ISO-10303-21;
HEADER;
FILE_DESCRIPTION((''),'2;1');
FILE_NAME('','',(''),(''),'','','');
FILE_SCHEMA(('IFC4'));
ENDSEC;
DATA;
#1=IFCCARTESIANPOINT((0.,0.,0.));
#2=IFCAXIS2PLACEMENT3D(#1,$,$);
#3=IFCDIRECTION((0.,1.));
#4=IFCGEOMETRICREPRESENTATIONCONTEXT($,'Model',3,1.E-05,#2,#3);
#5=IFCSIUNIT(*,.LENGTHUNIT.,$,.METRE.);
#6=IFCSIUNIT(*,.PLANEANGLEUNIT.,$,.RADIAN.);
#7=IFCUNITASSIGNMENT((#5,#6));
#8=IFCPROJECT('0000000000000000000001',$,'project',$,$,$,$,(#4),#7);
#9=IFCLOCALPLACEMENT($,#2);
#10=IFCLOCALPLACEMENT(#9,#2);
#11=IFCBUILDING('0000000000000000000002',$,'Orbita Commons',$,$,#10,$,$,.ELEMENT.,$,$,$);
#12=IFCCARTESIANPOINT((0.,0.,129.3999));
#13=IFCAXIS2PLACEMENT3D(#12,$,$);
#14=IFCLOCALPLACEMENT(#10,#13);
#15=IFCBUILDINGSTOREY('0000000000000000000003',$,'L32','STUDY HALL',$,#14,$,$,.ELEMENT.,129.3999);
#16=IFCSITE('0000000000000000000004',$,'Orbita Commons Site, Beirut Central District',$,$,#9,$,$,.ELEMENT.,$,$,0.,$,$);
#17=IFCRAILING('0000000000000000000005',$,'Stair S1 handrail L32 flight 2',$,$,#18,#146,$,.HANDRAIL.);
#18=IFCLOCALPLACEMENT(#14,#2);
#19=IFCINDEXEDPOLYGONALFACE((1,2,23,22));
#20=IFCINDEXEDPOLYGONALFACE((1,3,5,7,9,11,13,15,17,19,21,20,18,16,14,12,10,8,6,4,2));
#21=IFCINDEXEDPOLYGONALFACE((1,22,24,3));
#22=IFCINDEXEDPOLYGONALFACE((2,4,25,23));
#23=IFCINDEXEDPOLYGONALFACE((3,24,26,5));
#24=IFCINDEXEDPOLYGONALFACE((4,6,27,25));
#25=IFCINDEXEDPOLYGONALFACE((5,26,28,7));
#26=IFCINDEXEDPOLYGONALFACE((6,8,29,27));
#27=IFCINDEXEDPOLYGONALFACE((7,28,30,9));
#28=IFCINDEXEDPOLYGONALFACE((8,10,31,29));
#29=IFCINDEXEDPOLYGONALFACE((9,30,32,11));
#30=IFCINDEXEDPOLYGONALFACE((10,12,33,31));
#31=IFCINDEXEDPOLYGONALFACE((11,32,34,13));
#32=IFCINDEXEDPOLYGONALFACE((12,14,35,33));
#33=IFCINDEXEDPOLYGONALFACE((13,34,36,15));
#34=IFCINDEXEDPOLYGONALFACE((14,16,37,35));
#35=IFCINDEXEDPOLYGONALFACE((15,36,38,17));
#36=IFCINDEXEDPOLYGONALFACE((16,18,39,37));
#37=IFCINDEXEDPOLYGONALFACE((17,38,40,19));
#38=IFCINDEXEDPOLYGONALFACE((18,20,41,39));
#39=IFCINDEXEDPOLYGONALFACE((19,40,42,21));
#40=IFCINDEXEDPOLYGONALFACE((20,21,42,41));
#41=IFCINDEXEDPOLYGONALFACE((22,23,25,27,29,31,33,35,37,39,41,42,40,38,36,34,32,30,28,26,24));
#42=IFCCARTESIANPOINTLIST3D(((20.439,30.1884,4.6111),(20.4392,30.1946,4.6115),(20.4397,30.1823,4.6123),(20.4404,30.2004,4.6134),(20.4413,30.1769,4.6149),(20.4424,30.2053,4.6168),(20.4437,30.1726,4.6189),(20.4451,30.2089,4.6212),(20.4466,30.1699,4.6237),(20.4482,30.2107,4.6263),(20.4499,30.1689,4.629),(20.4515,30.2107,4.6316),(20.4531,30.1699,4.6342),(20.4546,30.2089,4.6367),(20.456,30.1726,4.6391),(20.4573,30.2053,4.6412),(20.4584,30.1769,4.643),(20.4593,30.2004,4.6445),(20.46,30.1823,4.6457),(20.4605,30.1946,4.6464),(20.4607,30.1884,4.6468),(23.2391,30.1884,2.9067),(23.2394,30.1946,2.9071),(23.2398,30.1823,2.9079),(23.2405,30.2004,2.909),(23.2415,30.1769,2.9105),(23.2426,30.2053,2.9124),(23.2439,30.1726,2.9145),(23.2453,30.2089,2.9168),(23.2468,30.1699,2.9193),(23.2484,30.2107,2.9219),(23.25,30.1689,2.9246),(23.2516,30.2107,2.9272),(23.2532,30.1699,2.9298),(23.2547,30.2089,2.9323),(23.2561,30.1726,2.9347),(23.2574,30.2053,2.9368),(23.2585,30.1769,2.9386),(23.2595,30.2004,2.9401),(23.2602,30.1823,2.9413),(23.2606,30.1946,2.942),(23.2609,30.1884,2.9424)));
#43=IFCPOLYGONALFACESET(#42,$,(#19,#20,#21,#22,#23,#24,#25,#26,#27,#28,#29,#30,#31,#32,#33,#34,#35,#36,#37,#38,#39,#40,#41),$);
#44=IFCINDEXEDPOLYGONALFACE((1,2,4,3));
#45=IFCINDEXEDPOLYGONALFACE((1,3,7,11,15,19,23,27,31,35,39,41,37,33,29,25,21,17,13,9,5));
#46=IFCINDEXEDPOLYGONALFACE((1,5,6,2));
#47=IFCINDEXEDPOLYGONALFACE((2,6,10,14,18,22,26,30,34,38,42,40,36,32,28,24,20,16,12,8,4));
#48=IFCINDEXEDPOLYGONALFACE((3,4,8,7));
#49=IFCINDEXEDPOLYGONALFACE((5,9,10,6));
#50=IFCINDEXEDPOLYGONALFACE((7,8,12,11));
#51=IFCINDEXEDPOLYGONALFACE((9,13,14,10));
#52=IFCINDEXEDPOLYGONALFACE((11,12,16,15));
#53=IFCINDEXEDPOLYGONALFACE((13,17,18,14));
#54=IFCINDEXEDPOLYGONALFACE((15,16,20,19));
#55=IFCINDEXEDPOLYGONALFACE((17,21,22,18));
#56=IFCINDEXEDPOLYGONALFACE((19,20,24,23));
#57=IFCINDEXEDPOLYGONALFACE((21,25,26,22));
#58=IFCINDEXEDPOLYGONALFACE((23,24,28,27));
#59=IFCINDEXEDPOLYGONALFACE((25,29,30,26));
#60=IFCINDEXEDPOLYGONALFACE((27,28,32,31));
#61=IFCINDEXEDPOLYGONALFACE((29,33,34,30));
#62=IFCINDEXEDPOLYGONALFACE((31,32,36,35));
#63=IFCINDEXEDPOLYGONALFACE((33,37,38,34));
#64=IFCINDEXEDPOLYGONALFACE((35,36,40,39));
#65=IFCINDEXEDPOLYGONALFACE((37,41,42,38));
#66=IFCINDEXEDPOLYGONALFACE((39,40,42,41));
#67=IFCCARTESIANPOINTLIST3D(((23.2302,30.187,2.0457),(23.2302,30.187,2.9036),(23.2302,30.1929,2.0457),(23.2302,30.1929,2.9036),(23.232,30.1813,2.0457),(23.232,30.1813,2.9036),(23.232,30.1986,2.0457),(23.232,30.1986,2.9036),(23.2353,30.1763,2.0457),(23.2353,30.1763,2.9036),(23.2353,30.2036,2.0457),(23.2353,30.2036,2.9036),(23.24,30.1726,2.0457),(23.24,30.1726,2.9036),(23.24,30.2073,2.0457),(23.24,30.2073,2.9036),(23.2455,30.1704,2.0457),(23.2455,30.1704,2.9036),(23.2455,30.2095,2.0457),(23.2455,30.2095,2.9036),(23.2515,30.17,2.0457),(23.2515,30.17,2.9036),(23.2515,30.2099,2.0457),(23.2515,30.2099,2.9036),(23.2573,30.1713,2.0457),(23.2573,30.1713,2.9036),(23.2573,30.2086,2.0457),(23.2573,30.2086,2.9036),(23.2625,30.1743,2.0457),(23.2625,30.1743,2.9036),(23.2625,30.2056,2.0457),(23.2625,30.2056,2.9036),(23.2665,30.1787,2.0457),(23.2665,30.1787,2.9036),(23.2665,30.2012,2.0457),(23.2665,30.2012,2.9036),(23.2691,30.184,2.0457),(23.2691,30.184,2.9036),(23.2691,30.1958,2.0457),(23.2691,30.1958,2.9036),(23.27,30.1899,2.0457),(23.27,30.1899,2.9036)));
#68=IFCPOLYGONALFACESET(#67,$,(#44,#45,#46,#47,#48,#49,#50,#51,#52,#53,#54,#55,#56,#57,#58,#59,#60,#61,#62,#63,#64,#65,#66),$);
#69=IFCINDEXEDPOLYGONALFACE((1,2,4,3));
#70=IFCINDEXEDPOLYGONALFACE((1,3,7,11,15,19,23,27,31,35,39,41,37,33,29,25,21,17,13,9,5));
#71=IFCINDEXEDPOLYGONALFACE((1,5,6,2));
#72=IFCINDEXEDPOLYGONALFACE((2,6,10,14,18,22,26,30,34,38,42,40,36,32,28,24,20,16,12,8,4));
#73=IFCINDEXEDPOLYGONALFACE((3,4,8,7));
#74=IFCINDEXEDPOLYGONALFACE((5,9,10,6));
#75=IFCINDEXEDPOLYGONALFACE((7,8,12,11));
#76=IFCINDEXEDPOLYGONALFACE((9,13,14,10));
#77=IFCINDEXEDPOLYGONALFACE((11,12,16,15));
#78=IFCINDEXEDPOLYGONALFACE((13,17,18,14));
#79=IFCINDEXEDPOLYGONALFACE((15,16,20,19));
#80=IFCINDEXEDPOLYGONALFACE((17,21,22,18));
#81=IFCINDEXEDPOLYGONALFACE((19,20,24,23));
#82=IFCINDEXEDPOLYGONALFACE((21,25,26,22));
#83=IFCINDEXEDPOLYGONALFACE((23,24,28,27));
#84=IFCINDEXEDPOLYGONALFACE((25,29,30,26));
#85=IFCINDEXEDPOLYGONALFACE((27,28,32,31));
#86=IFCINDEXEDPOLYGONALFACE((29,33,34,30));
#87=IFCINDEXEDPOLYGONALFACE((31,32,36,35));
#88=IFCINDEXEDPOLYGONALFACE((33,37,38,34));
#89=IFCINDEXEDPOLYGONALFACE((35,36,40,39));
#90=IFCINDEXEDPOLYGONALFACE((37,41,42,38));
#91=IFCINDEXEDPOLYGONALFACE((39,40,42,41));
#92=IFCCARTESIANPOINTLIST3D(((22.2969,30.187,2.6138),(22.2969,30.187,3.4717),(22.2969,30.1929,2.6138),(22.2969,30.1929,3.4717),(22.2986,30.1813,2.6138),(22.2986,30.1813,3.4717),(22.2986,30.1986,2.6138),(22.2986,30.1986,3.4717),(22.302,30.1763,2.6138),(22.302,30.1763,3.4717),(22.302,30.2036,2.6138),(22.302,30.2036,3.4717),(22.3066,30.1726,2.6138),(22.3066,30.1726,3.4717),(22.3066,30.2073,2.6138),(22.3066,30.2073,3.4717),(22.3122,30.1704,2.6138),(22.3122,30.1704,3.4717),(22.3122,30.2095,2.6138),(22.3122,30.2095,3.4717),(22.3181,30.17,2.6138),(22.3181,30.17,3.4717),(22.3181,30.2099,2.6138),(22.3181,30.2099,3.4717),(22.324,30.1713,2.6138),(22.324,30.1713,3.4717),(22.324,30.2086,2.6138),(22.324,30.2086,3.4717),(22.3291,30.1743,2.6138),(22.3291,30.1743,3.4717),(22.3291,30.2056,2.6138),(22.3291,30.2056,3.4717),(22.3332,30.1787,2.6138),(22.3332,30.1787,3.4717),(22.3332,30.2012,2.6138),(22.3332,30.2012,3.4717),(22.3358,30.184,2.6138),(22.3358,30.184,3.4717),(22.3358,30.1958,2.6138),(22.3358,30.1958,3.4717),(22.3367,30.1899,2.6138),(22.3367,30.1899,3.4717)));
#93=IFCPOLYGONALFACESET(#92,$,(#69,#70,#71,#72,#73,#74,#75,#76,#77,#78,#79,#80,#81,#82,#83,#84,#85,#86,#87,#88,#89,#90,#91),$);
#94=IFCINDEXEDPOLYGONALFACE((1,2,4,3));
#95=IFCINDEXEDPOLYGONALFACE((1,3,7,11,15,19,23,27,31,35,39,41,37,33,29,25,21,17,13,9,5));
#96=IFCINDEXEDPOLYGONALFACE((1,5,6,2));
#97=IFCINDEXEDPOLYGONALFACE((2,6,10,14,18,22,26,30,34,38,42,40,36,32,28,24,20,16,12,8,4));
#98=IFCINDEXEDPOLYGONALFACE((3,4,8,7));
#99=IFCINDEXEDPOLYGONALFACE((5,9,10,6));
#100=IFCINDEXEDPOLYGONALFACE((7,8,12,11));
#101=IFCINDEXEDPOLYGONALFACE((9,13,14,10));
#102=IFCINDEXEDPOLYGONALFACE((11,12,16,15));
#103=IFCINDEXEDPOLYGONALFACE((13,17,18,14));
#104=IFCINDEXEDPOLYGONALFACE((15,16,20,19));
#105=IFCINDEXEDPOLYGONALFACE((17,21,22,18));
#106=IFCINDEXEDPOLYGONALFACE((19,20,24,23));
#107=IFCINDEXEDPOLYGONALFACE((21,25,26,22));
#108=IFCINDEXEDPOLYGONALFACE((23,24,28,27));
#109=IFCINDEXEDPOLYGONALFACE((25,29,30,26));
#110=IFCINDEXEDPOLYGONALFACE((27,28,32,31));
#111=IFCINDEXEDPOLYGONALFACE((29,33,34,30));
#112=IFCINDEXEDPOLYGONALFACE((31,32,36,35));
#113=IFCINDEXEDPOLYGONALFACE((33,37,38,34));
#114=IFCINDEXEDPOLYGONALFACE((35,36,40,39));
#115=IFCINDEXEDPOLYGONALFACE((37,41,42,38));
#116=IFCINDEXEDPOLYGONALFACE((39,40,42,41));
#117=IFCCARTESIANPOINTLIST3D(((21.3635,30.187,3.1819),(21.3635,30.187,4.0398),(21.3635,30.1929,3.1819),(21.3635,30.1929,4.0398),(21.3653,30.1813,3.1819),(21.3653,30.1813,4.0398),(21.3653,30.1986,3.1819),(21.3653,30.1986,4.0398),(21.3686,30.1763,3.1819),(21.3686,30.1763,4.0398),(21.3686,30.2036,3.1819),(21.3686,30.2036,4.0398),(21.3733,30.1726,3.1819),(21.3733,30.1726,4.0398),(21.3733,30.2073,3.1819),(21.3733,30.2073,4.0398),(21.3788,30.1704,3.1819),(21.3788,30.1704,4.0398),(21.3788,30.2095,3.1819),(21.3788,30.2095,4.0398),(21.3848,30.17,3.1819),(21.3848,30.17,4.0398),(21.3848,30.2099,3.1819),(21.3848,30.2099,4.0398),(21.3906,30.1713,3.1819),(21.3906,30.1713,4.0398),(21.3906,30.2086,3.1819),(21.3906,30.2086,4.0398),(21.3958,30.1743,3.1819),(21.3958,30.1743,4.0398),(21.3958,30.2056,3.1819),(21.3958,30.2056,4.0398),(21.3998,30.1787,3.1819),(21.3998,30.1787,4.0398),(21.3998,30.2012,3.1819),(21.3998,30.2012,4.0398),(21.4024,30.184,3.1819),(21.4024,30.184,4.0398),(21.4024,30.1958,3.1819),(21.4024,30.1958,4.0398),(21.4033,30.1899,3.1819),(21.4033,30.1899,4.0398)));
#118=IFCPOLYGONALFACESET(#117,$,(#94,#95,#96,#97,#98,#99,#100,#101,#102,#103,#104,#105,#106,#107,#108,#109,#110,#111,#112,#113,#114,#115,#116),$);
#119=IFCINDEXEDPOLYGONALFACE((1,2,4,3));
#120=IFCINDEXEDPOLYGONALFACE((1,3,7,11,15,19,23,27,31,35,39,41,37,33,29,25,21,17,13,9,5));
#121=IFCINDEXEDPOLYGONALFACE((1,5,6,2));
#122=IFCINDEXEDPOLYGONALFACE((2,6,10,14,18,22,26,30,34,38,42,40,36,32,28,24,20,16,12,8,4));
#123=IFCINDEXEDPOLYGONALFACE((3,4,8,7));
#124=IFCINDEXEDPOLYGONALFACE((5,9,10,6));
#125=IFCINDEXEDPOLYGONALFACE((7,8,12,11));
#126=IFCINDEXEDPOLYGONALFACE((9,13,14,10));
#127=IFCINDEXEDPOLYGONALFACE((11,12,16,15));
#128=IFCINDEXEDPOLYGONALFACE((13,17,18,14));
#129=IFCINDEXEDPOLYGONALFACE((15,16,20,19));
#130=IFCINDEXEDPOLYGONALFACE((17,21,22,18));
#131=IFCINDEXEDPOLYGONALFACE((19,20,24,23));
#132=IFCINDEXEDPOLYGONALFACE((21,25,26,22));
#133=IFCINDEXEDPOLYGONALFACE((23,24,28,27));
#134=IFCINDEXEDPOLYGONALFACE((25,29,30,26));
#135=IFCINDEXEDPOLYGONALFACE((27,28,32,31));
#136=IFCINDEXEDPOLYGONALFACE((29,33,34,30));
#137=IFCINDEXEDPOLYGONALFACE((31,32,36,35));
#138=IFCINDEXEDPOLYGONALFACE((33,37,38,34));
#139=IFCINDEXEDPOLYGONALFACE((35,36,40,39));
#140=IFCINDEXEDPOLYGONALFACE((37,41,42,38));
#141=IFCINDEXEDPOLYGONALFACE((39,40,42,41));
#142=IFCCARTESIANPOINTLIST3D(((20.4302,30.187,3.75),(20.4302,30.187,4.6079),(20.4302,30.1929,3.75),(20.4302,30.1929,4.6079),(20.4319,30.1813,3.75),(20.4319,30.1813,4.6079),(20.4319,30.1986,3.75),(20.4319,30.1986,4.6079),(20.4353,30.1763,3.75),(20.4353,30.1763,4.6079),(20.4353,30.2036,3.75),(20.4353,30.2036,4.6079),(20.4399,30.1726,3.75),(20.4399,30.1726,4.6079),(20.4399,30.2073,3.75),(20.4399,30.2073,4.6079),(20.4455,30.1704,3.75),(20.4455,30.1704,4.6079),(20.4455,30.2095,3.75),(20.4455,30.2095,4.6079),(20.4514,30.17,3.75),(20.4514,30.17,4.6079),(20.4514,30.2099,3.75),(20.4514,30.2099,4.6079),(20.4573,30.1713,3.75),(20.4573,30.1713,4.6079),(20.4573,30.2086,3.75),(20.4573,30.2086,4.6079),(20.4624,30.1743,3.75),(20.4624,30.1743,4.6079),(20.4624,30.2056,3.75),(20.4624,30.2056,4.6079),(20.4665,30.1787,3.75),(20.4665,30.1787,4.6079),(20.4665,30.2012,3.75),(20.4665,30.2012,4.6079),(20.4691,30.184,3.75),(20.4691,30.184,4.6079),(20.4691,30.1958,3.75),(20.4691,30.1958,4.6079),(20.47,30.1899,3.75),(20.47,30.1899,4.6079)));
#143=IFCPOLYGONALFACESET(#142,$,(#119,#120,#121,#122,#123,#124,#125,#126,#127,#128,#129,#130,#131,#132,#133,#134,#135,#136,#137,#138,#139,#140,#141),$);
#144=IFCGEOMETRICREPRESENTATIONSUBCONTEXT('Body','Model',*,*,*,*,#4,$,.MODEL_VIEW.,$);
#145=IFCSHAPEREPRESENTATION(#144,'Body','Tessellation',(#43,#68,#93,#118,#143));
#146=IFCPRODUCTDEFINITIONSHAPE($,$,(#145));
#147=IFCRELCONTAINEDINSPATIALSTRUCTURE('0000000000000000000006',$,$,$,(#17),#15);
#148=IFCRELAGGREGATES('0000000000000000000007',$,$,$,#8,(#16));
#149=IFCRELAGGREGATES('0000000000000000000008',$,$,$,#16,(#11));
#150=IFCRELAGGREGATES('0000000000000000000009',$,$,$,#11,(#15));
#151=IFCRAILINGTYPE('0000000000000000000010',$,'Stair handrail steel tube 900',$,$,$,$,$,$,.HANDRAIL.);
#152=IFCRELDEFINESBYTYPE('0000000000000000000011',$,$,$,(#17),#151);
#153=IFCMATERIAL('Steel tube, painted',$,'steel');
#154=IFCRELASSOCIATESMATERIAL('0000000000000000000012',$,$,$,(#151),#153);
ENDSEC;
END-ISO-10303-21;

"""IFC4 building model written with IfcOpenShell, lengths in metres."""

from ifc_helpers import new_model, si_unit, direction, frame, origin, origin_2d, place, context, subcontext, project, spatial, circle, extrude, material, type_object, element, save


model = new_model("IFC4")

# Units and contexts
model_context = context("Model", 3, precision=1e-05, world=origin(), true_north=direction((0.0, 1.0)))
body_context = subcontext(model_context, "Body", "Model", "MODEL_VIEW")
ifc_project = project(units=[si_unit("LENGTHUNIT", "METRE"), si_unit("PLANEANGLEUNIT", "RADIAN")], contexts=[model_context])

# Site, building, storey
site_placement = place(None, origin())
site = spatial("IfcSite", under=ifc_project, at=site_placement, Name="Orbita Commons Site, Beirut Central District", CompositionType="ELEMENT", RefElevation=0.0)
building_placement = place(site_placement, origin())
building = spatial("IfcBuilding", under=site, at=building_placement, Name="Orbita Commons", CompositionType="ELEMENT")
storey_placement = place(building_placement, frame((0.0, 0.0, 129.3999)))
storey = spatial("IfcBuildingStorey", under=building, at=storey_placement, Name="L32", Description="STUDY HALL", CompositionType="ELEMENT", Elevation=129.3999)

# Railing
ifc_material_1 = material(Name="Steel tube, painted", Category="steel")
railing_type = type_object("IfcRailingType", Name="Stair handrail steel tube 900", PredefinedType="HANDRAIL", material=ifc_material_1)
for number, where, name in (
    (1, (23.25, 30.1899, 2.0457), "Stair S1 handrail L32 flight 2"),
):
    element("IfcRailing", number, at=place(storey_placement, frame(where)), inside=storey, type_object=railing_type, Name=name, PredefinedType="HANDRAIL", context=body_context, shape_type="SweptSolid", body=[
        extrude(circle(Radius=0.021, at=origin_2d()), frame((0.0, 0.0, 0.8789), z_axis=(-0.854203, 0.0, 0.51994), x_axis=(0.0, -1.0, 0.0)), (0.0, 0.0, 1.0), 3.2781),
        extrude(circle(Radius=0.02, at=origin_2d()), origin(), (0.0, 0.0, 1.0), 0.8579),
        extrude(circle(Radius=0.02, at=origin_2d()), frame((-0.9333, 0.0, 0.5681)), (0.0, 0.0, 1.0), 0.8579),
        extrude(circle(Radius=0.02, at=origin_2d()), frame((-1.8667, 0.0, 1.1362)), (0.0, 0.0, 1.0), 0.8579),
        extrude(circle(Radius=0.02, at=origin_2d()), frame((-2.8, 0.0, 1.7043)), (0.0, 0.0, 1.0), 0.8579),
    ])

save(model, "model.ifc")
